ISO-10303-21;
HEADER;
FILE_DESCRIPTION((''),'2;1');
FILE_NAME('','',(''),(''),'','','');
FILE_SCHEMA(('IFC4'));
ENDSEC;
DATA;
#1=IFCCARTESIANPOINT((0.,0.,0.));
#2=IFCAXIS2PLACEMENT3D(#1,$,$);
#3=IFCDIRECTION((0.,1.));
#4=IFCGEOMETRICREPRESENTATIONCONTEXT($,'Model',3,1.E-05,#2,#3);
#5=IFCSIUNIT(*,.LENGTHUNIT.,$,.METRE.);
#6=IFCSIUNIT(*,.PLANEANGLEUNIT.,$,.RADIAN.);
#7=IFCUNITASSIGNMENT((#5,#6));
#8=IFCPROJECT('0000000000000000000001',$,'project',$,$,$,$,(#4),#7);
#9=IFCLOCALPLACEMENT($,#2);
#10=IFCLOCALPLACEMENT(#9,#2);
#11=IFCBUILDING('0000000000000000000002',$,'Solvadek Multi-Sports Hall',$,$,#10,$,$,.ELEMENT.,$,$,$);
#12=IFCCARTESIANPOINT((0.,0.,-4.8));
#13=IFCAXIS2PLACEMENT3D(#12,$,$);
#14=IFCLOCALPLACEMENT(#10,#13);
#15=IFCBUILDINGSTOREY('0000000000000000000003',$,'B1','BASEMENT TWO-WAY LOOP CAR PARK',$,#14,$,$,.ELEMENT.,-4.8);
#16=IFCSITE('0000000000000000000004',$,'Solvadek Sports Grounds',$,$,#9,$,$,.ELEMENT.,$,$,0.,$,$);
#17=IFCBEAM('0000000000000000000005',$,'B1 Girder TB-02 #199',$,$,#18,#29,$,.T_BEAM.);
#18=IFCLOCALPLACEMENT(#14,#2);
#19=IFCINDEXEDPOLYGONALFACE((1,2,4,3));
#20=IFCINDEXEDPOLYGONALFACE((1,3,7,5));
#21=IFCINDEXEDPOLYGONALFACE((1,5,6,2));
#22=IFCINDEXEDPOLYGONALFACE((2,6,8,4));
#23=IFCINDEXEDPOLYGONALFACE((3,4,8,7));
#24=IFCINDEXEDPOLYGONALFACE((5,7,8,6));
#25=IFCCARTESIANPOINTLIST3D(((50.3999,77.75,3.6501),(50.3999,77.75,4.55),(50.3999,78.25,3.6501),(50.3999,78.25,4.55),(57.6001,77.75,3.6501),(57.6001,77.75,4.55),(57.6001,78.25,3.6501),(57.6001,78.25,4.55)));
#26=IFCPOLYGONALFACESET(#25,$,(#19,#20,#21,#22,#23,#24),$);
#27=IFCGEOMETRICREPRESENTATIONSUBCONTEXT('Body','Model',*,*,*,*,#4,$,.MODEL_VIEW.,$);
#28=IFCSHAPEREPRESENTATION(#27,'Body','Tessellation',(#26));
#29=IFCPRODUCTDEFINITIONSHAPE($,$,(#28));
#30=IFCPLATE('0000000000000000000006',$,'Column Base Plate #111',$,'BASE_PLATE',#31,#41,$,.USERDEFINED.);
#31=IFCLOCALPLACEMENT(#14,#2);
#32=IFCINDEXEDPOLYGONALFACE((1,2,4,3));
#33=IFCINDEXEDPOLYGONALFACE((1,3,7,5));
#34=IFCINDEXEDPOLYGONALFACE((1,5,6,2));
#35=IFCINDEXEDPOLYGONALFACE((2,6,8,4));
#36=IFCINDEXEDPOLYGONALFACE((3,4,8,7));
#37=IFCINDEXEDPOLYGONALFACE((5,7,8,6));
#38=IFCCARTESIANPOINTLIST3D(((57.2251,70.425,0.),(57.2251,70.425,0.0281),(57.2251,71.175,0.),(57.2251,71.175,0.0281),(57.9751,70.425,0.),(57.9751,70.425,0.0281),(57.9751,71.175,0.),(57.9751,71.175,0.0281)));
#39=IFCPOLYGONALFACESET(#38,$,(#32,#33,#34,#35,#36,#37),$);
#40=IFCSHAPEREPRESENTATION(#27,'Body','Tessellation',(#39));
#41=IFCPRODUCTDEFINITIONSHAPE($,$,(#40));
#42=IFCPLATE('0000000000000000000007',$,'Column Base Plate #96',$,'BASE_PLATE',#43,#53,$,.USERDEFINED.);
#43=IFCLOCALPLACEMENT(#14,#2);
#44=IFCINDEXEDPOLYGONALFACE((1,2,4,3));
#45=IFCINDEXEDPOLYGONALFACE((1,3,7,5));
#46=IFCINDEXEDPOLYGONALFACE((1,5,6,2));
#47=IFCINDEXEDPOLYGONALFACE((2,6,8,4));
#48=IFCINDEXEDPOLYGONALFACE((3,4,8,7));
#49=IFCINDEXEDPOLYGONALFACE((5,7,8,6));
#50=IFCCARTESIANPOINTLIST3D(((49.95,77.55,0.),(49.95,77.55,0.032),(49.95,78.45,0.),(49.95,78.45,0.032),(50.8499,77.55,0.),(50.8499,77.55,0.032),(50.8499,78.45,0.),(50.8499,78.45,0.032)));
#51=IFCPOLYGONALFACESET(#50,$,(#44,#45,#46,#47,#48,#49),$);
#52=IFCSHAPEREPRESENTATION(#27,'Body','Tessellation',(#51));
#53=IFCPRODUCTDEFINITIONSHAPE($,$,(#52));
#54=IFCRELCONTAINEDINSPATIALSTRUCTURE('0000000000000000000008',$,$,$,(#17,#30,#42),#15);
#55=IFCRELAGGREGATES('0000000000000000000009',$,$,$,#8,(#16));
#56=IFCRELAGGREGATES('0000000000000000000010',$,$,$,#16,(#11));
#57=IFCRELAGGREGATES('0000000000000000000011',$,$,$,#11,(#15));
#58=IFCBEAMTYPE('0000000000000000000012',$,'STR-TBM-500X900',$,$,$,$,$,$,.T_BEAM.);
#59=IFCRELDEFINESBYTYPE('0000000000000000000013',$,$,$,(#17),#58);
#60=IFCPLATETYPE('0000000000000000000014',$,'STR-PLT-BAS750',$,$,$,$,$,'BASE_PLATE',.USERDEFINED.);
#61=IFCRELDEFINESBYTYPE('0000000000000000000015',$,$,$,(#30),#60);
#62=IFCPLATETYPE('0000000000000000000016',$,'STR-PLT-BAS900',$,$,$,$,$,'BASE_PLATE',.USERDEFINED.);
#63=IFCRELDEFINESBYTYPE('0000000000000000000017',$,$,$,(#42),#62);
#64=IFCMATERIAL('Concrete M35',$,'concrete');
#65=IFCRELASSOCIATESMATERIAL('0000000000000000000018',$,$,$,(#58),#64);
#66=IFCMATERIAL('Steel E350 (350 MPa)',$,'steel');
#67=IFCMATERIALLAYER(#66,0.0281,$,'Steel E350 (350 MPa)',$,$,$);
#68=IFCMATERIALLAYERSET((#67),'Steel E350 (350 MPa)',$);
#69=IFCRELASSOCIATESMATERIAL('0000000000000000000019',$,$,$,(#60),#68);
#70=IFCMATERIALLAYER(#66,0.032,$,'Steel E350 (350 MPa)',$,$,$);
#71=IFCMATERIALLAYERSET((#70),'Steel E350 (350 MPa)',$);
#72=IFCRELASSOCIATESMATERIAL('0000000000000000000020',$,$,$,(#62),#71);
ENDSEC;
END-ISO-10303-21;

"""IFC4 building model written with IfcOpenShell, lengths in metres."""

from ifc_helpers import new_model, si_unit, direction, frame, origin, origin_2d, place, context, subcontext, project, spatial, rectangle, extrude, material, layer, layer_set, material_profile, profile_set, type_object, element, save


model = new_model("IFC4")

# Units and contexts
model_context = context("Model", 3, precision=1e-05, world=origin(), true_north=direction((0.0, 1.0)))
body_context = subcontext(model_context, "Body", "Model", "MODEL_VIEW")
ifc_project = project(units=[si_unit("LENGTHUNIT", "METRE"), si_unit("PLANEANGLEUNIT", "RADIAN")], contexts=[model_context])

# Site, building, storey
site_placement = place(None, origin())
site = spatial("IfcSite", under=ifc_project, at=site_placement, Name="Solvadek Sports Grounds", CompositionType="ELEMENT", RefElevation=0.0)
building_placement = place(site_placement, origin())
building = spatial("IfcBuilding", under=site, at=building_placement, Name="Solvadek Multi-Sports Hall", CompositionType="ELEMENT")
storey_placement = place(building_placement, frame((0.0, 0.0, -4.8)))
storey = spatial("IfcBuildingStorey", under=building, at=storey_placement, Name="B1", Description="BASEMENT TWO-WAY LOOP CAR PARK", CompositionType="ELEMENT", Elevation=-4.8)

# Shared definitions
ifc_material_1 = material(Name="Concrete M35", Category="concrete")

# Shared definitions
ifc_material_2 = material(Name="Steel E350 (350 MPa)", Category="steel")

# Beam
ifc_material_profile_1 = material_profile(ifc_material_1, rectangle(XDim=0.5, YDim=0.8999, at=origin_2d()), Name="RC T-BEAM 500x900")
ifc_profile_set_1 = profile_set([ifc_material_profile_1], Name="Concrete M35")
beam_type_1 = type_object("IfcBeamType", Name="STR-TBM-500X900", PredefinedType="T_BEAM", material=ifc_profile_set_1)
beam_1_placement = place(storey_placement, frame((50.3999, 78.0, 4.1001), z_axis=(1.0, 0.0, 0.0), x_axis=(0.0, 1.0, 0.0)))
element("IfcBeam", 1, at=beam_1_placement, inside=storey, type_object=beam_type_1, Name="B1 Girder TB-02 #199", PredefinedType="T_BEAM", context=body_context, shape_type="SweptSolid", body=[
    extrude(rectangle(XDim=0.5, YDim=0.8999, at=origin_2d()), origin(), (0.0, 0.0, 1.0), 7.2002),
])

# Plates
ifc_layer_1 = layer(ifc_material_2, 0.0281, Name="Steel E350 (350 MPa)")
ifc_layer_set_1 = layer_set([ifc_layer_1], Name="Steel E350 (350 MPa)")
plate_type_1 = type_object("IfcPlateType", Name="STR-PLT-BAS750", ElementType="BASE_PLATE", PredefinedType="USERDEFINED", material=ifc_layer_set_1)
plate_1_placement = place(storey_placement, frame((57.6001, 70.8, 0.0), z_axis=(0.0, 0.0, 1.0), x_axis=(1.0, 0.0, 0.0)))
element("IfcPlate", 2, at=plate_1_placement, inside=storey, type_object=plate_type_1, Name="Column Base Plate #111", ObjectType="BASE_PLATE", PredefinedType="USERDEFINED", context=body_context, shape_type="SweptSolid", body=[
    extrude(rectangle(XDim=0.75, YDim=0.75, at=origin_2d()), origin(), (0.0, 0.0, 1.0), 0.0281),
])
ifc_layer_2 = layer(ifc_material_2, 0.032, Name="Steel E350 (350 MPa)")
ifc_layer_set_2 = layer_set([ifc_layer_2], Name="Steel E350 (350 MPa)")
plate_type_2 = type_object("IfcPlateType", Name="STR-PLT-BAS900", ElementType="BASE_PLATE", PredefinedType="USERDEFINED", material=ifc_layer_set_2)
plate_2_placement = place(storey_placement, frame((50.3999, 78.0, 0.0), z_axis=(0.0, 0.0, 1.0), x_axis=(1.0, 0.0, 0.0)))
element("IfcPlate", 3, at=plate_2_placement, inside=storey, type_object=plate_type_2, Name="Column Base Plate #96", ObjectType="BASE_PLATE", PredefinedType="USERDEFINED", context=body_context, shape_type="SweptSolid", body=[
    extrude(rectangle(XDim=0.8999, YDim=0.8999, at=origin_2d()), origin(), (0.0, 0.0, 1.0), 0.032),
])

save(model, "model.ifc")
